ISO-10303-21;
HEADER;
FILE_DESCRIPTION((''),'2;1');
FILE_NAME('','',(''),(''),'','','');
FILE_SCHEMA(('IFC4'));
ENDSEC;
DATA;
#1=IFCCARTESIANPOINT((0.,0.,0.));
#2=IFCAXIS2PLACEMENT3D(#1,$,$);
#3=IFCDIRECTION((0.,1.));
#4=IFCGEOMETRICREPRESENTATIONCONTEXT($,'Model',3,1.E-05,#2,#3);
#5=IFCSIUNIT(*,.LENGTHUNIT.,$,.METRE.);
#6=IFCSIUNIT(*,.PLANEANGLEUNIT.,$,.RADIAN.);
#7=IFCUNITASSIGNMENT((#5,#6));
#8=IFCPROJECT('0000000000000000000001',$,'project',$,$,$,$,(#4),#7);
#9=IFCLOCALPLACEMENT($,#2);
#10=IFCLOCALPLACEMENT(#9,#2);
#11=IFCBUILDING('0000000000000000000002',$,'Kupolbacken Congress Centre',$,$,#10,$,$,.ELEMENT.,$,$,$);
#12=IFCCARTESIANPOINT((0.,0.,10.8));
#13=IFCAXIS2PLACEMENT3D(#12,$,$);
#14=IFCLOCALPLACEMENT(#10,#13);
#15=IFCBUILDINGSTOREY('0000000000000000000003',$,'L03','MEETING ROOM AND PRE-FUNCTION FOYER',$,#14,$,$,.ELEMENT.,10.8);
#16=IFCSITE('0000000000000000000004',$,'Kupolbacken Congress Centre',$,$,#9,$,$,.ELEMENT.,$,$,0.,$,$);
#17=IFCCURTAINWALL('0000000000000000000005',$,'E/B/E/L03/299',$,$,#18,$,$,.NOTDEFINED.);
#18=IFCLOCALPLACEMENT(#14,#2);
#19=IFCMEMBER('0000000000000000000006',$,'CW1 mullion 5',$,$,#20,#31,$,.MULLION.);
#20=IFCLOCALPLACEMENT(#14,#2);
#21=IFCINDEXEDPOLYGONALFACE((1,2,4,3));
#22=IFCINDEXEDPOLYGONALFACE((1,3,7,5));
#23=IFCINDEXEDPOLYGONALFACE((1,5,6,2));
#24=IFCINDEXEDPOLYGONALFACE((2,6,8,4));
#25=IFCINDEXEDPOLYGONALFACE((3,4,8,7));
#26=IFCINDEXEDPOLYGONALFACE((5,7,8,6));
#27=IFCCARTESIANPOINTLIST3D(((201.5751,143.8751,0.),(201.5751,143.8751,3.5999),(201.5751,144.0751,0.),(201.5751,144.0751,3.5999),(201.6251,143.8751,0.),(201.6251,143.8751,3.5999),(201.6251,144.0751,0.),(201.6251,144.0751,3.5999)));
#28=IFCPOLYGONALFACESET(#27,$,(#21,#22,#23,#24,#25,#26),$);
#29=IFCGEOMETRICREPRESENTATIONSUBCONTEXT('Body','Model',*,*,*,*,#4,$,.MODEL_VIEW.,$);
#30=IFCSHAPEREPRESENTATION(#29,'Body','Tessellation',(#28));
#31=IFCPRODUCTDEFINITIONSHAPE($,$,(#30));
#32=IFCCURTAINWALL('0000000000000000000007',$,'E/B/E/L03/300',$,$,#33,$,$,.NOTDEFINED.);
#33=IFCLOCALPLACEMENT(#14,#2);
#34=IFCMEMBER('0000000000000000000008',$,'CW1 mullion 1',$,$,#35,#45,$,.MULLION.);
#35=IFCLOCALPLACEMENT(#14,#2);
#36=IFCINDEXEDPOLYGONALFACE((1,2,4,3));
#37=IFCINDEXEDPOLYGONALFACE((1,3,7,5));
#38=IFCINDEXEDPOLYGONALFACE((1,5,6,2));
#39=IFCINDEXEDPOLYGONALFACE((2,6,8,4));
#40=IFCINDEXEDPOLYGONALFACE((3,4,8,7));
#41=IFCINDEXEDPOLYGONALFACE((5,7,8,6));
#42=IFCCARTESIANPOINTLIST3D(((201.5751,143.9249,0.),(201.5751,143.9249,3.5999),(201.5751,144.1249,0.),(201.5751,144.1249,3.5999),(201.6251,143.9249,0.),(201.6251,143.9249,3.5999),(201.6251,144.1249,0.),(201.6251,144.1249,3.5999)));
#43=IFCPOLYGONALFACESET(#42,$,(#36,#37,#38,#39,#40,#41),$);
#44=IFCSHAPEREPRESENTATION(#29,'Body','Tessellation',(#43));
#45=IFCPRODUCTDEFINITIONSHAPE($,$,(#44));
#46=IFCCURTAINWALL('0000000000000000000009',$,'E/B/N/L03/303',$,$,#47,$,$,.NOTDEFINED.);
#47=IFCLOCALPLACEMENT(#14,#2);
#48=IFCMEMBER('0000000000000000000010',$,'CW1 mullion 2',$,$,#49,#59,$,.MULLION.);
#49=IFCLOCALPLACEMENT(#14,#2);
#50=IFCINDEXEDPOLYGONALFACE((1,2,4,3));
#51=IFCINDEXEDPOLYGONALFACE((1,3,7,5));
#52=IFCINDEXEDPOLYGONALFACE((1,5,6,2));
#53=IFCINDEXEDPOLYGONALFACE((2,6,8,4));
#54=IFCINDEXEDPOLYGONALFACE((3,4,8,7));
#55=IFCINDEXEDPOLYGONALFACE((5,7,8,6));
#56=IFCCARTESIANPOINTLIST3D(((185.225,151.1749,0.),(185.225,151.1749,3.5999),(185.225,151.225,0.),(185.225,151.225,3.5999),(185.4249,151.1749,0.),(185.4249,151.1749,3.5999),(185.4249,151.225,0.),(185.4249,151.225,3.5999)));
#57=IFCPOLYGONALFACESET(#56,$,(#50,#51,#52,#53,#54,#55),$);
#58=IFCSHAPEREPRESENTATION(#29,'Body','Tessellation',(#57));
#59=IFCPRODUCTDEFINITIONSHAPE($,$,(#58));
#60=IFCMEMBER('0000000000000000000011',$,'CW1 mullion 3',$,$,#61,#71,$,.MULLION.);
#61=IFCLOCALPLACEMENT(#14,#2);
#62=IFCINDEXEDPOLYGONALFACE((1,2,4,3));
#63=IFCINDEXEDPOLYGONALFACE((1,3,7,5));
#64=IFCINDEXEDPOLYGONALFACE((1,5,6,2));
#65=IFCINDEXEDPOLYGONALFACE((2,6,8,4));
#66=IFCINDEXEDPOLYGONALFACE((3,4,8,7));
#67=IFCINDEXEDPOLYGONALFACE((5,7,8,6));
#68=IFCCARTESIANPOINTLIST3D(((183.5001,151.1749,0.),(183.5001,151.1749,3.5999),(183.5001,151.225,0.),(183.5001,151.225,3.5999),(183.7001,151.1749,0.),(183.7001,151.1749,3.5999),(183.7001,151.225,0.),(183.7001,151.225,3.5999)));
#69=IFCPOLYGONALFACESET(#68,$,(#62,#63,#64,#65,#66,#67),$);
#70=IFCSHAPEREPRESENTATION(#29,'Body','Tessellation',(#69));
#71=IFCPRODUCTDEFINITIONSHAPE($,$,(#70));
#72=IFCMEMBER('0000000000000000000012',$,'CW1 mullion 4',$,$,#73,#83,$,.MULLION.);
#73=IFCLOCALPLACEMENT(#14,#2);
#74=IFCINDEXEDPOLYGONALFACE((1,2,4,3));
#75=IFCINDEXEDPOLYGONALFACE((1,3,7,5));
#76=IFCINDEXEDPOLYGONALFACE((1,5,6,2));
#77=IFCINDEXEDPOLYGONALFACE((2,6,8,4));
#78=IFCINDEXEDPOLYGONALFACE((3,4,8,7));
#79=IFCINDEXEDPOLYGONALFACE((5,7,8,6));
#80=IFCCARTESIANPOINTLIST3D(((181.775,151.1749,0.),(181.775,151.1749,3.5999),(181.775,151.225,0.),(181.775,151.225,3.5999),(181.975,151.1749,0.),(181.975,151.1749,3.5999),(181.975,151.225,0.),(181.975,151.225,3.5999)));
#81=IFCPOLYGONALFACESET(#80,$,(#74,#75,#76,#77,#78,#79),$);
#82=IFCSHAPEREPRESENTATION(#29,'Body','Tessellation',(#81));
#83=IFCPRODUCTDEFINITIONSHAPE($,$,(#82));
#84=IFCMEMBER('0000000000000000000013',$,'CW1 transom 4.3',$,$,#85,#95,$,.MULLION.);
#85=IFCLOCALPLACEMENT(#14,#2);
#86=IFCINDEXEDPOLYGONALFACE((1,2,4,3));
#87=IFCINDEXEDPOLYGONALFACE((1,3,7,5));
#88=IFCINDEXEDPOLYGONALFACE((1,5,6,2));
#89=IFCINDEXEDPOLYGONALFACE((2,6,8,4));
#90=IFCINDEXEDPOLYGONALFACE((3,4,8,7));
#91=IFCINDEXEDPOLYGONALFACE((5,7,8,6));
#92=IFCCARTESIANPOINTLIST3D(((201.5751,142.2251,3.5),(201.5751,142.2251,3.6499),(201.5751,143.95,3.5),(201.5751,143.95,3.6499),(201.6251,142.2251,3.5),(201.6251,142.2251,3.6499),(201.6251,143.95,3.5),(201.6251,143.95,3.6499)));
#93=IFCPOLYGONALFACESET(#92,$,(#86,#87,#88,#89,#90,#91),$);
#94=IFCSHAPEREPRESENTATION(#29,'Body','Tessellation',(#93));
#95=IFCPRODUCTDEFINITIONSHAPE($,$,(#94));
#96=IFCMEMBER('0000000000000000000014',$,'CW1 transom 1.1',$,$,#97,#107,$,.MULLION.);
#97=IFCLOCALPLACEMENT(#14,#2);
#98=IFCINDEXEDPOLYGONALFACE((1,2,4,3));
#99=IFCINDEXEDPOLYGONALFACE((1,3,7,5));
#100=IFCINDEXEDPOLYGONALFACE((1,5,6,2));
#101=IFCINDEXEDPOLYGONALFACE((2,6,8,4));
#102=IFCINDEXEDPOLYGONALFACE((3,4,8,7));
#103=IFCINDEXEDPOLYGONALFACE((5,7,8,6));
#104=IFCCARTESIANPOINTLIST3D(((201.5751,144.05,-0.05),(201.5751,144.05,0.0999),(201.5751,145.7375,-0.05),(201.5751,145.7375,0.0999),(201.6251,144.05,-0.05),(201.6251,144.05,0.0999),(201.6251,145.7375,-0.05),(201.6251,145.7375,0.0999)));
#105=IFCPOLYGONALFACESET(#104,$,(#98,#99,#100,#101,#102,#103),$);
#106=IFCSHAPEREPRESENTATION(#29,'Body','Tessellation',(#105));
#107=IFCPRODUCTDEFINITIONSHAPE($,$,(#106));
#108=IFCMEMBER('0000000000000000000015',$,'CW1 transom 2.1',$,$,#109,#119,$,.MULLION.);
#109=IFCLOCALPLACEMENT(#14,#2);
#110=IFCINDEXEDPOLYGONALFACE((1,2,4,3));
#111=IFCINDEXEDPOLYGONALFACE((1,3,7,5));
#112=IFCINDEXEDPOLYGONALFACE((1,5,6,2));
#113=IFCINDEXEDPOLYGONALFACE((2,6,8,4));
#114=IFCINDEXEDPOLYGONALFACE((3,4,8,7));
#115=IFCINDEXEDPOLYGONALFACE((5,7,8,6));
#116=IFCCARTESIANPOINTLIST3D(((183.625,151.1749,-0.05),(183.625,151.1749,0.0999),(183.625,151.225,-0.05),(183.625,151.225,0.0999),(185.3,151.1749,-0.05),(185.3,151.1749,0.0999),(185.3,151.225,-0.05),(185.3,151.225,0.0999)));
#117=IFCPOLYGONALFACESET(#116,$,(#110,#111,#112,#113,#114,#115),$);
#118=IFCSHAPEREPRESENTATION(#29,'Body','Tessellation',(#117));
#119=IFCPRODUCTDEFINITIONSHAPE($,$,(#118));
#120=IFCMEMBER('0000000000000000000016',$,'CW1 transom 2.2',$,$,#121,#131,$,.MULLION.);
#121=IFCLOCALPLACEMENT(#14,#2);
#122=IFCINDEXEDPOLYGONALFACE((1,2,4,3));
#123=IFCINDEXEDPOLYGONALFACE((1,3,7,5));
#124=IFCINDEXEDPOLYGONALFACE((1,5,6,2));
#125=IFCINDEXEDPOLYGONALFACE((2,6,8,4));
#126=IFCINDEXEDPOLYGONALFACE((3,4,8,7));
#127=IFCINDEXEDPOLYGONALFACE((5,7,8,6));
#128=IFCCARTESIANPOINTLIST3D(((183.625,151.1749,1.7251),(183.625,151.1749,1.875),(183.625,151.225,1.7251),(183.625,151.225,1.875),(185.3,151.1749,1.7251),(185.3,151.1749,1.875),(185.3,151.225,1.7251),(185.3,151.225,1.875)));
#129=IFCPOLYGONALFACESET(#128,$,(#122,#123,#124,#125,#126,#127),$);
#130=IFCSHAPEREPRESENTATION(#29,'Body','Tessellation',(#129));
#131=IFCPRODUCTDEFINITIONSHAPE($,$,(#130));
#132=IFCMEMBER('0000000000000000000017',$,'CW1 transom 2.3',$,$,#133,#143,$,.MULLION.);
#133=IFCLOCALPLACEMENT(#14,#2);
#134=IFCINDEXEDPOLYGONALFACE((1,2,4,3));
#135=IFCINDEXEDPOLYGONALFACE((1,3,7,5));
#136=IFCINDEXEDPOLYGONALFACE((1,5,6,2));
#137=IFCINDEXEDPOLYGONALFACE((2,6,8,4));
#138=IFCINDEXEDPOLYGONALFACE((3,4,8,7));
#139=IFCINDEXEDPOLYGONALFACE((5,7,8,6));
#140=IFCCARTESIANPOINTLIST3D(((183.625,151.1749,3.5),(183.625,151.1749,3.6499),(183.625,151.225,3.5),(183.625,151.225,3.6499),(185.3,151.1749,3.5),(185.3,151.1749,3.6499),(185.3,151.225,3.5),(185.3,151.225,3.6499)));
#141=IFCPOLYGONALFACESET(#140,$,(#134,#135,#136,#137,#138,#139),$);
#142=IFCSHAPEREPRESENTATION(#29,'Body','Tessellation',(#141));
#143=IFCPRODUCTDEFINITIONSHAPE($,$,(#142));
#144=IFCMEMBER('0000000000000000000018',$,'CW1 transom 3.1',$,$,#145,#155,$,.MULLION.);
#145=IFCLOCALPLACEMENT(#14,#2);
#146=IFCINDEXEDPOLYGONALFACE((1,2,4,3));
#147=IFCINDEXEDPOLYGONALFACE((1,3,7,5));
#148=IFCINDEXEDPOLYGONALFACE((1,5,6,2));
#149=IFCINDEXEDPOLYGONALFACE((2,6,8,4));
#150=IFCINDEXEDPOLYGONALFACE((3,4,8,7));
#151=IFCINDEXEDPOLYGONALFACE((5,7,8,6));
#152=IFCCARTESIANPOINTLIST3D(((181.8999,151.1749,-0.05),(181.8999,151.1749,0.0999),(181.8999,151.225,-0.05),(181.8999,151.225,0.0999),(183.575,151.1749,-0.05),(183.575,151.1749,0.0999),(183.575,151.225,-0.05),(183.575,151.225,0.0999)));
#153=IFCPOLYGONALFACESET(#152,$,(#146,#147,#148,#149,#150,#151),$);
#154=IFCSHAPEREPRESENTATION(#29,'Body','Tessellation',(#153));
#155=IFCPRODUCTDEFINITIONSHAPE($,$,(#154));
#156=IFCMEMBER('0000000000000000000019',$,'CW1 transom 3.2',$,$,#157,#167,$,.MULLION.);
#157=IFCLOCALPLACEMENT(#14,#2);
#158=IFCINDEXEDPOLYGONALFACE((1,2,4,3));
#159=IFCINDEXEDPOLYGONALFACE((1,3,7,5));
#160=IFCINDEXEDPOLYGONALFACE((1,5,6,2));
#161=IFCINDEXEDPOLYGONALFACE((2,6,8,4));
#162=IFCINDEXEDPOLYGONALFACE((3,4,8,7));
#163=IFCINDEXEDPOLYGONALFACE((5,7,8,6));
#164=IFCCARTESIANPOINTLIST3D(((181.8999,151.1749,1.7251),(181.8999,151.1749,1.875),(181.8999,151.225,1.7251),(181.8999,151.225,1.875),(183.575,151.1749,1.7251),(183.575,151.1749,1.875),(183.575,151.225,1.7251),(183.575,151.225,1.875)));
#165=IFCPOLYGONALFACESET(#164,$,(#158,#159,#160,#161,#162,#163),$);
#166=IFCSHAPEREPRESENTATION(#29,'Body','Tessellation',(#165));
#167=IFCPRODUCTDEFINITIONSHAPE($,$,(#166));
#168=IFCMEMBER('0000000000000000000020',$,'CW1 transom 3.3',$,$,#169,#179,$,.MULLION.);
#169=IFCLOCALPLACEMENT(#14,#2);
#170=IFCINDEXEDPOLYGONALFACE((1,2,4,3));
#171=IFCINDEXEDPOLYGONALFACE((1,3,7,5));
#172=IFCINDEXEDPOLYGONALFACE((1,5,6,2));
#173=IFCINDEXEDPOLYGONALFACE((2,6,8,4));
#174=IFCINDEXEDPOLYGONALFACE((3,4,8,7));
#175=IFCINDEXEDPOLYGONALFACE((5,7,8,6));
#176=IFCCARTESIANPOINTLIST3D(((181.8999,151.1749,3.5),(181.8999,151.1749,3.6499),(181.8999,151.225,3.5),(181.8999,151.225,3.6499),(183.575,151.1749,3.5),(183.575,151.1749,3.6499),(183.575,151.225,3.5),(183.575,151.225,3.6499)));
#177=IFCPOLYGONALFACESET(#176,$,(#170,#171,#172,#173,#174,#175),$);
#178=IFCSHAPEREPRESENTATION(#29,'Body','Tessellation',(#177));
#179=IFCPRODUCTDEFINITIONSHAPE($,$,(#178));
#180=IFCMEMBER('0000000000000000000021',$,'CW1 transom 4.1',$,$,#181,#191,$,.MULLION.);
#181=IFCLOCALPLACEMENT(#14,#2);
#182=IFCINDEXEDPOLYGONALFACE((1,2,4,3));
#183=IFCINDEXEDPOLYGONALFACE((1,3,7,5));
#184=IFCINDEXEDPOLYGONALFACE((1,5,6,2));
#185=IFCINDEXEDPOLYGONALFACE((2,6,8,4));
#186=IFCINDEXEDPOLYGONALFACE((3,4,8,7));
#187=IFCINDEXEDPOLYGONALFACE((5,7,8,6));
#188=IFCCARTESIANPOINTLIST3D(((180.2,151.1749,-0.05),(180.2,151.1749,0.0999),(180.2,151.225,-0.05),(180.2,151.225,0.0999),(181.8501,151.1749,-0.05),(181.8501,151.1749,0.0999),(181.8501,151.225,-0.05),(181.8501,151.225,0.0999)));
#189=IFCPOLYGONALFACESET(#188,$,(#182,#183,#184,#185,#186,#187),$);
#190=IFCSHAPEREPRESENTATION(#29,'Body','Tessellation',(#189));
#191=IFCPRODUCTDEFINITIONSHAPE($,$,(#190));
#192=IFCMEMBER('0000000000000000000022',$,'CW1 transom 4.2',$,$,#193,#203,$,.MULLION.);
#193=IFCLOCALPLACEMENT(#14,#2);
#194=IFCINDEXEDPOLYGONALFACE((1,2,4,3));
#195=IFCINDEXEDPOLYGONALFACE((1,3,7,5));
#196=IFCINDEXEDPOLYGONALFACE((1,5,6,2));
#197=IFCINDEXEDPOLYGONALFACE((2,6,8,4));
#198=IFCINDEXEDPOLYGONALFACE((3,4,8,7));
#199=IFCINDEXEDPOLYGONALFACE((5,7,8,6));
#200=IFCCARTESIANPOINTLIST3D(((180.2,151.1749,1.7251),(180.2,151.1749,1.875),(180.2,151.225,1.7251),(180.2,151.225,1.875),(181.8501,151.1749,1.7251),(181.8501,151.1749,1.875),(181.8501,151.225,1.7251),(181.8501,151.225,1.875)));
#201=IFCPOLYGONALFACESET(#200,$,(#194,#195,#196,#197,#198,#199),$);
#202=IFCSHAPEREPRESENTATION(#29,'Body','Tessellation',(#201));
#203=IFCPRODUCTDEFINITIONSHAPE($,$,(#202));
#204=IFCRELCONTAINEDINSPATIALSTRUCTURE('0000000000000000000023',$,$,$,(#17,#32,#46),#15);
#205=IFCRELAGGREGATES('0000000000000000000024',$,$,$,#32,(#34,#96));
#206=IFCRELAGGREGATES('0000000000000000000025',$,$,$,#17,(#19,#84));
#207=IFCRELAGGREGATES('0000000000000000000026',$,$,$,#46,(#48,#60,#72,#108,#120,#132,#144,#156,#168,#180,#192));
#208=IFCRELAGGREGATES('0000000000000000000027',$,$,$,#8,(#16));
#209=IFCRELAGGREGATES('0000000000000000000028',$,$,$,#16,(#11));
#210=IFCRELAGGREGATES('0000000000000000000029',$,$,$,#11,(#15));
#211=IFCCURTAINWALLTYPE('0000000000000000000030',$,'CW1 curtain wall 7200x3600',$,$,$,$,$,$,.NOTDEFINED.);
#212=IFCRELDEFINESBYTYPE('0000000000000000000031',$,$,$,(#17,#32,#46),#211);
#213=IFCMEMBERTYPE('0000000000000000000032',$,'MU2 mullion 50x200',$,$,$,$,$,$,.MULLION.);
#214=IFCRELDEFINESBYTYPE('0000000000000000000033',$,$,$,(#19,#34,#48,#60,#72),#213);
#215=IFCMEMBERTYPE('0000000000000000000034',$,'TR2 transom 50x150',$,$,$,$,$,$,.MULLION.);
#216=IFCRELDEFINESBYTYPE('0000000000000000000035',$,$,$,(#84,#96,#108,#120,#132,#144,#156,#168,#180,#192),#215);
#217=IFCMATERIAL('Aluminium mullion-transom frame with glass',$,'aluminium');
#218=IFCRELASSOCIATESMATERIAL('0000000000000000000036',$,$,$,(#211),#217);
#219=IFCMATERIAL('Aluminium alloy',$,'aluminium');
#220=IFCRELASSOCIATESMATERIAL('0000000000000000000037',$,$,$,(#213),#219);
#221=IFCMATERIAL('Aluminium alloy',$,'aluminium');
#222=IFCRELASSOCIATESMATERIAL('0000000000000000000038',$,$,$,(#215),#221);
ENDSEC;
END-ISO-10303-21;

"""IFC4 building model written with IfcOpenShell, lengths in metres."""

from ifc_helpers import new_model, si_unit, direction, frame, origin, origin_2d, place, context, subcontext, project, spatial, rectangle, extrude, material, material_profile, profile_set, type_object, element, aggregate, save


model = new_model("IFC4")

# Units and contexts
model_context = context("Model", 3, precision=1e-05, world=origin(), true_north=direction((0.0, 1.0)))
body_context = subcontext(model_context, "Body", "Model", "MODEL_VIEW")
ifc_project = project(units=[si_unit("LENGTHUNIT", "METRE"), si_unit("PLANEANGLEUNIT", "RADIAN")], contexts=[model_context])

# Site, building, storey
site_placement = place(None, origin())
site = spatial("IfcSite", under=ifc_project, at=site_placement, Name="Kupolbacken Congress Centre", CompositionType="ELEMENT", RefElevation=0.0)
building_placement = place(site_placement, origin())
building = spatial("IfcBuilding", under=site, at=building_placement, Name="Kupolbacken Congress Centre", CompositionType="ELEMENT")
storey_placement = place(building_placement, frame((0.0, 0.0, 10.8)))
storey = spatial("IfcBuildingStorey", under=building, at=storey_placement, Name="L03", Description="MEETING ROOM AND PRE-FUNCTION FOYER", CompositionType="ELEMENT", Elevation=10.8)

# Curtain walls, members
ifc_material_1 = material(Name="Aluminium mullion-transom frame with glass", Category="aluminium")
curtain_wall_type = type_object("IfcCurtainWallType", Name="CW1 curtain wall 7200x3600", PredefinedType="NOTDEFINED", material=ifc_material_1)
curtain_wall_1_placement = place(storey_placement, origin())
curtain_wall_1 = element("IfcCurtainWall", 1, at=curtain_wall_1_placement, inside=storey, type_object=curtain_wall_type, Name="E/B/E/L03/299", PredefinedType="NOTDEFINED")
ifc_material_2 = material(Name="Aluminium alloy", Category="aluminium")
ifc_material_profile_1 = material_profile(ifc_material_2, rectangle(XDim=0.05, YDim=0.2, at=origin_2d()), Name="50 x 200")
ifc_profile_set_1 = profile_set([ifc_material_profile_1], Name="Aluminium alloy")
member_type_1 = type_object("IfcMemberType", Name="MU2 mullion 50x200", PredefinedType="MULLION", material=ifc_profile_set_1)
member_1_placement = place(storey_placement, frame((201.6001, 143.9751, 0.0), z_axis=(0.0, 0.0, 1.0), x_axis=(-1.0, 0.0, 0.0)))
member_1 = element("IfcMember", 2, at=member_1_placement, type_object=member_type_1, Name="CW1 mullion 5", PredefinedType="MULLION", context=body_context, shape_type="SweptSolid", body=[
    extrude(rectangle(XDim=0.05, YDim=0.2, at=origin_2d()), origin(), (0.0, 0.0, 1.0), 3.5999),
])
curtain_wall_2_placement = place(storey_placement, origin())
curtain_wall_2 = element("IfcCurtainWall", 3, at=curtain_wall_2_placement, inside=storey, type_object=curtain_wall_type, Name="E/B/E/L03/300", PredefinedType="NOTDEFINED")
member_2_placement = place(storey_placement, frame((201.6001, 144.0249, 0.0), z_axis=(0.0, 0.0, 1.0), x_axis=(-1.0, 0.0, 0.0)))
member_2 = element("IfcMember", 4, at=member_2_placement, type_object=member_type_1, Name="CW1 mullion 1", PredefinedType="MULLION", context=body_context, shape_type="SweptSolid", body=[
    extrude(rectangle(XDim=0.05, YDim=0.2, at=origin_2d()), origin(), (0.0, 0.0, 1.0), 3.5999),
])

# Curtain wall, members
curtain_wall_3_placement = place(storey_placement, origin())
curtain_wall_3 = element("IfcCurtainWall", 5, at=curtain_wall_3_placement, inside=storey, type_object=curtain_wall_type, Name="E/B/N/L03/303", PredefinedType="NOTDEFINED")
member_3_placement = place(storey_placement, frame((185.325, 151.2, 0.0), z_axis=(0.0, 0.0, 1.0), x_axis=(0.0, -1.0, 0.0)))
member_3 = element("IfcMember", 6, at=member_3_placement, type_object=member_type_1, Name="CW1 mullion 2", PredefinedType="MULLION", context=body_context, shape_type="SweptSolid", body=[
    extrude(rectangle(XDim=0.05, YDim=0.2, at=origin_2d()), origin(), (0.0, 0.0, 1.0), 3.5999),
])
member_4_placement = place(storey_placement, frame((183.6001, 151.2, 0.0), z_axis=(0.0, 0.0, 1.0), x_axis=(0.0, -1.0, 0.0)))
member_4 = element("IfcMember", 7, at=member_4_placement, type_object=member_type_1, Name="CW1 mullion 3", PredefinedType="MULLION", context=body_context, shape_type="SweptSolid", body=[
    extrude(rectangle(XDim=0.05, YDim=0.2, at=origin_2d()), origin(), (0.0, 0.0, 1.0), 3.5999),
])
member_5_placement = place(storey_placement, frame((181.875, 151.2, 0.0), z_axis=(0.0, 0.0, 1.0), x_axis=(0.0, -1.0, 0.0)))
member_5 = element("IfcMember", 8, at=member_5_placement, type_object=member_type_1, Name="CW1 mullion 4", PredefinedType="MULLION", context=body_context, shape_type="SweptSolid", body=[
    extrude(rectangle(XDim=0.05, YDim=0.2, at=origin_2d()), origin(), (0.0, 0.0, 1.0), 3.5999),
])

# Members
ifc_material_3 = material(Name="Aluminium alloy", Category="aluminium")
ifc_material_profile_2 = material_profile(ifc_material_3, rectangle(XDim=0.05, YDim=0.1499, at=origin_2d()), Name="50 x 150")
ifc_profile_set_2 = profile_set([ifc_material_profile_2], Name="Aluminium alloy")
member_type_2 = type_object("IfcMemberType", Name="TR2 transom 50x150", PredefinedType="MULLION", material=ifc_profile_set_2)
member_6_placement = place(storey_placement, frame((201.6001, 142.2251, 3.575), z_axis=(0.0, 1.0, 0.0), x_axis=(-1.0, 0.0, 0.0)))
member_6 = element("IfcMember", 9, at=member_6_placement, type_object=member_type_2, Name="CW1 transom 4.3", PredefinedType="MULLION", context=body_context, shape_type="SweptSolid", body=[
    extrude(rectangle(XDim=0.05, YDim=0.1499, at=origin_2d()), origin(), (0.0, 0.0, 1.0), 1.7249),
])
member_7_placement = place(storey_placement, frame((201.6001, 144.05, 0.0249), z_axis=(0.0, 1.0, 0.0), x_axis=(-1.0, 0.0, 0.0)))
member_7 = element("IfcMember", 10, at=member_7_placement, type_object=member_type_2, Name="CW1 transom 1.1", PredefinedType="MULLION", context=body_context, shape_type="SweptSolid", body=[
    extrude(rectangle(XDim=0.05, YDim=0.1499, at=origin_2d()), origin(), (0.0, 0.0, 1.0), 1.6875),
])
aggregate(curtain_wall_2, [member_2, member_7])
member_8_placement = place(storey_placement, frame((185.3, 151.2, 0.0249), z_axis=(-1.0, 0.0, 0.0), x_axis=(0.0, -1.0, 0.0)))
member_8 = element("IfcMember", 11, at=member_8_placement, type_object=member_type_2, Name="CW1 transom 2.1", PredefinedType="MULLION", context=body_context, shape_type="SweptSolid", body=[
    extrude(rectangle(XDim=0.05, YDim=0.1499, at=origin_2d()), origin(), (0.0, 0.0, 1.0), 1.675),
])
member_9_placement = place(storey_placement, frame((185.3, 151.2, 1.8), z_axis=(-1.0, 0.0, 0.0), x_axis=(0.0, -1.0, 0.0)))
member_9 = element("IfcMember", 12, at=member_9_placement, type_object=member_type_2, Name="CW1 transom 2.2", PredefinedType="MULLION", context=body_context, shape_type="SweptSolid", body=[
    extrude(rectangle(XDim=0.05, YDim=0.1499, at=origin_2d()), origin(), (0.0, 0.0, 1.0), 1.675),
])
member_10_placement = place(storey_placement, frame((185.3, 151.2, 3.575), z_axis=(-1.0, 0.0, 0.0), x_axis=(0.0, -1.0, 0.0)))
member_10 = element("IfcMember", 13, at=member_10_placement, type_object=member_type_2, Name="CW1 transom 2.3", PredefinedType="MULLION", context=body_context, shape_type="SweptSolid", body=[
    extrude(rectangle(XDim=0.05, YDim=0.1499, at=origin_2d()), origin(), (0.0, 0.0, 1.0), 1.675),
])
member_11_placement = place(storey_placement, frame((183.575, 151.2, 0.0249), z_axis=(-1.0, 0.0, 0.0), x_axis=(0.0, -1.0, 0.0)))
member_11 = element("IfcMember", 14, at=member_11_placement, type_object=member_type_2, Name="CW1 transom 3.1", PredefinedType="MULLION", context=body_context, shape_type="SweptSolid", body=[
    extrude(rectangle(XDim=0.05, YDim=0.1499, at=origin_2d()), origin(), (0.0, 0.0, 1.0), 1.675),
])
member_12_placement = place(storey_placement, frame((183.575, 151.2, 1.8), z_axis=(-1.0, 0.0, 0.0), x_axis=(0.0, -1.0, 0.0)))
member_12 = element("IfcMember", 15, at=member_12_placement, type_object=member_type_2, Name="CW1 transom 3.2", PredefinedType="MULLION", context=body_context, shape_type="SweptSolid", body=[
    extrude(rectangle(XDim=0.05, YDim=0.1499, at=origin_2d()), origin(), (0.0, 0.0, 1.0), 1.675),
])
member_13_placement = place(storey_placement, frame((183.575, 151.2, 3.575), z_axis=(-1.0, 0.0, 0.0), x_axis=(0.0, -1.0, 0.0)))
member_13 = element("IfcMember", 16, at=member_13_placement, type_object=member_type_2, Name="CW1 transom 3.3", PredefinedType="MULLION", context=body_context, shape_type="SweptSolid", body=[
    extrude(rectangle(XDim=0.05, YDim=0.1499, at=origin_2d()), origin(), (0.0, 0.0, 1.0), 1.675),
])
member_14_placement = place(storey_placement, frame((181.8501, 151.2, 0.0249), z_axis=(-1.0, 0.0, 0.0), x_axis=(0.0, -1.0, 0.0)))
member_14 = element("IfcMember", 17, at=member_14_placement, type_object=member_type_2, Name="CW1 transom 4.1", PredefinedType="MULLION", context=body_context, shape_type="SweptSolid", body=[
    extrude(rectangle(XDim=0.05, YDim=0.1499, at=origin_2d()), origin(), (0.0, 0.0, 1.0), 1.6501),
])
member_15_placement = place(storey_placement, frame((181.8501, 151.2, 1.8), z_axis=(-1.0, 0.0, 0.0), x_axis=(0.0, -1.0, 0.0)))
member_15 = element("IfcMember", 18, at=member_15_placement, type_object=member_type_2, Name="CW1 transom 4.2", PredefinedType="MULLION", context=body_context, shape_type="SweptSolid", body=[
    extrude(rectangle(XDim=0.05, YDim=0.1499, at=origin_2d()), origin(), (0.0, 0.0, 1.0), 1.6501),
])

aggregate(curtain_wall_1, [member_1, member_6])
aggregate(curtain_wall_3, [member_3, member_4, member_5, member_8, member_9, member_10, member_11, member_12, member_13, member_14, member_15])

save(model, "model.ifc")
